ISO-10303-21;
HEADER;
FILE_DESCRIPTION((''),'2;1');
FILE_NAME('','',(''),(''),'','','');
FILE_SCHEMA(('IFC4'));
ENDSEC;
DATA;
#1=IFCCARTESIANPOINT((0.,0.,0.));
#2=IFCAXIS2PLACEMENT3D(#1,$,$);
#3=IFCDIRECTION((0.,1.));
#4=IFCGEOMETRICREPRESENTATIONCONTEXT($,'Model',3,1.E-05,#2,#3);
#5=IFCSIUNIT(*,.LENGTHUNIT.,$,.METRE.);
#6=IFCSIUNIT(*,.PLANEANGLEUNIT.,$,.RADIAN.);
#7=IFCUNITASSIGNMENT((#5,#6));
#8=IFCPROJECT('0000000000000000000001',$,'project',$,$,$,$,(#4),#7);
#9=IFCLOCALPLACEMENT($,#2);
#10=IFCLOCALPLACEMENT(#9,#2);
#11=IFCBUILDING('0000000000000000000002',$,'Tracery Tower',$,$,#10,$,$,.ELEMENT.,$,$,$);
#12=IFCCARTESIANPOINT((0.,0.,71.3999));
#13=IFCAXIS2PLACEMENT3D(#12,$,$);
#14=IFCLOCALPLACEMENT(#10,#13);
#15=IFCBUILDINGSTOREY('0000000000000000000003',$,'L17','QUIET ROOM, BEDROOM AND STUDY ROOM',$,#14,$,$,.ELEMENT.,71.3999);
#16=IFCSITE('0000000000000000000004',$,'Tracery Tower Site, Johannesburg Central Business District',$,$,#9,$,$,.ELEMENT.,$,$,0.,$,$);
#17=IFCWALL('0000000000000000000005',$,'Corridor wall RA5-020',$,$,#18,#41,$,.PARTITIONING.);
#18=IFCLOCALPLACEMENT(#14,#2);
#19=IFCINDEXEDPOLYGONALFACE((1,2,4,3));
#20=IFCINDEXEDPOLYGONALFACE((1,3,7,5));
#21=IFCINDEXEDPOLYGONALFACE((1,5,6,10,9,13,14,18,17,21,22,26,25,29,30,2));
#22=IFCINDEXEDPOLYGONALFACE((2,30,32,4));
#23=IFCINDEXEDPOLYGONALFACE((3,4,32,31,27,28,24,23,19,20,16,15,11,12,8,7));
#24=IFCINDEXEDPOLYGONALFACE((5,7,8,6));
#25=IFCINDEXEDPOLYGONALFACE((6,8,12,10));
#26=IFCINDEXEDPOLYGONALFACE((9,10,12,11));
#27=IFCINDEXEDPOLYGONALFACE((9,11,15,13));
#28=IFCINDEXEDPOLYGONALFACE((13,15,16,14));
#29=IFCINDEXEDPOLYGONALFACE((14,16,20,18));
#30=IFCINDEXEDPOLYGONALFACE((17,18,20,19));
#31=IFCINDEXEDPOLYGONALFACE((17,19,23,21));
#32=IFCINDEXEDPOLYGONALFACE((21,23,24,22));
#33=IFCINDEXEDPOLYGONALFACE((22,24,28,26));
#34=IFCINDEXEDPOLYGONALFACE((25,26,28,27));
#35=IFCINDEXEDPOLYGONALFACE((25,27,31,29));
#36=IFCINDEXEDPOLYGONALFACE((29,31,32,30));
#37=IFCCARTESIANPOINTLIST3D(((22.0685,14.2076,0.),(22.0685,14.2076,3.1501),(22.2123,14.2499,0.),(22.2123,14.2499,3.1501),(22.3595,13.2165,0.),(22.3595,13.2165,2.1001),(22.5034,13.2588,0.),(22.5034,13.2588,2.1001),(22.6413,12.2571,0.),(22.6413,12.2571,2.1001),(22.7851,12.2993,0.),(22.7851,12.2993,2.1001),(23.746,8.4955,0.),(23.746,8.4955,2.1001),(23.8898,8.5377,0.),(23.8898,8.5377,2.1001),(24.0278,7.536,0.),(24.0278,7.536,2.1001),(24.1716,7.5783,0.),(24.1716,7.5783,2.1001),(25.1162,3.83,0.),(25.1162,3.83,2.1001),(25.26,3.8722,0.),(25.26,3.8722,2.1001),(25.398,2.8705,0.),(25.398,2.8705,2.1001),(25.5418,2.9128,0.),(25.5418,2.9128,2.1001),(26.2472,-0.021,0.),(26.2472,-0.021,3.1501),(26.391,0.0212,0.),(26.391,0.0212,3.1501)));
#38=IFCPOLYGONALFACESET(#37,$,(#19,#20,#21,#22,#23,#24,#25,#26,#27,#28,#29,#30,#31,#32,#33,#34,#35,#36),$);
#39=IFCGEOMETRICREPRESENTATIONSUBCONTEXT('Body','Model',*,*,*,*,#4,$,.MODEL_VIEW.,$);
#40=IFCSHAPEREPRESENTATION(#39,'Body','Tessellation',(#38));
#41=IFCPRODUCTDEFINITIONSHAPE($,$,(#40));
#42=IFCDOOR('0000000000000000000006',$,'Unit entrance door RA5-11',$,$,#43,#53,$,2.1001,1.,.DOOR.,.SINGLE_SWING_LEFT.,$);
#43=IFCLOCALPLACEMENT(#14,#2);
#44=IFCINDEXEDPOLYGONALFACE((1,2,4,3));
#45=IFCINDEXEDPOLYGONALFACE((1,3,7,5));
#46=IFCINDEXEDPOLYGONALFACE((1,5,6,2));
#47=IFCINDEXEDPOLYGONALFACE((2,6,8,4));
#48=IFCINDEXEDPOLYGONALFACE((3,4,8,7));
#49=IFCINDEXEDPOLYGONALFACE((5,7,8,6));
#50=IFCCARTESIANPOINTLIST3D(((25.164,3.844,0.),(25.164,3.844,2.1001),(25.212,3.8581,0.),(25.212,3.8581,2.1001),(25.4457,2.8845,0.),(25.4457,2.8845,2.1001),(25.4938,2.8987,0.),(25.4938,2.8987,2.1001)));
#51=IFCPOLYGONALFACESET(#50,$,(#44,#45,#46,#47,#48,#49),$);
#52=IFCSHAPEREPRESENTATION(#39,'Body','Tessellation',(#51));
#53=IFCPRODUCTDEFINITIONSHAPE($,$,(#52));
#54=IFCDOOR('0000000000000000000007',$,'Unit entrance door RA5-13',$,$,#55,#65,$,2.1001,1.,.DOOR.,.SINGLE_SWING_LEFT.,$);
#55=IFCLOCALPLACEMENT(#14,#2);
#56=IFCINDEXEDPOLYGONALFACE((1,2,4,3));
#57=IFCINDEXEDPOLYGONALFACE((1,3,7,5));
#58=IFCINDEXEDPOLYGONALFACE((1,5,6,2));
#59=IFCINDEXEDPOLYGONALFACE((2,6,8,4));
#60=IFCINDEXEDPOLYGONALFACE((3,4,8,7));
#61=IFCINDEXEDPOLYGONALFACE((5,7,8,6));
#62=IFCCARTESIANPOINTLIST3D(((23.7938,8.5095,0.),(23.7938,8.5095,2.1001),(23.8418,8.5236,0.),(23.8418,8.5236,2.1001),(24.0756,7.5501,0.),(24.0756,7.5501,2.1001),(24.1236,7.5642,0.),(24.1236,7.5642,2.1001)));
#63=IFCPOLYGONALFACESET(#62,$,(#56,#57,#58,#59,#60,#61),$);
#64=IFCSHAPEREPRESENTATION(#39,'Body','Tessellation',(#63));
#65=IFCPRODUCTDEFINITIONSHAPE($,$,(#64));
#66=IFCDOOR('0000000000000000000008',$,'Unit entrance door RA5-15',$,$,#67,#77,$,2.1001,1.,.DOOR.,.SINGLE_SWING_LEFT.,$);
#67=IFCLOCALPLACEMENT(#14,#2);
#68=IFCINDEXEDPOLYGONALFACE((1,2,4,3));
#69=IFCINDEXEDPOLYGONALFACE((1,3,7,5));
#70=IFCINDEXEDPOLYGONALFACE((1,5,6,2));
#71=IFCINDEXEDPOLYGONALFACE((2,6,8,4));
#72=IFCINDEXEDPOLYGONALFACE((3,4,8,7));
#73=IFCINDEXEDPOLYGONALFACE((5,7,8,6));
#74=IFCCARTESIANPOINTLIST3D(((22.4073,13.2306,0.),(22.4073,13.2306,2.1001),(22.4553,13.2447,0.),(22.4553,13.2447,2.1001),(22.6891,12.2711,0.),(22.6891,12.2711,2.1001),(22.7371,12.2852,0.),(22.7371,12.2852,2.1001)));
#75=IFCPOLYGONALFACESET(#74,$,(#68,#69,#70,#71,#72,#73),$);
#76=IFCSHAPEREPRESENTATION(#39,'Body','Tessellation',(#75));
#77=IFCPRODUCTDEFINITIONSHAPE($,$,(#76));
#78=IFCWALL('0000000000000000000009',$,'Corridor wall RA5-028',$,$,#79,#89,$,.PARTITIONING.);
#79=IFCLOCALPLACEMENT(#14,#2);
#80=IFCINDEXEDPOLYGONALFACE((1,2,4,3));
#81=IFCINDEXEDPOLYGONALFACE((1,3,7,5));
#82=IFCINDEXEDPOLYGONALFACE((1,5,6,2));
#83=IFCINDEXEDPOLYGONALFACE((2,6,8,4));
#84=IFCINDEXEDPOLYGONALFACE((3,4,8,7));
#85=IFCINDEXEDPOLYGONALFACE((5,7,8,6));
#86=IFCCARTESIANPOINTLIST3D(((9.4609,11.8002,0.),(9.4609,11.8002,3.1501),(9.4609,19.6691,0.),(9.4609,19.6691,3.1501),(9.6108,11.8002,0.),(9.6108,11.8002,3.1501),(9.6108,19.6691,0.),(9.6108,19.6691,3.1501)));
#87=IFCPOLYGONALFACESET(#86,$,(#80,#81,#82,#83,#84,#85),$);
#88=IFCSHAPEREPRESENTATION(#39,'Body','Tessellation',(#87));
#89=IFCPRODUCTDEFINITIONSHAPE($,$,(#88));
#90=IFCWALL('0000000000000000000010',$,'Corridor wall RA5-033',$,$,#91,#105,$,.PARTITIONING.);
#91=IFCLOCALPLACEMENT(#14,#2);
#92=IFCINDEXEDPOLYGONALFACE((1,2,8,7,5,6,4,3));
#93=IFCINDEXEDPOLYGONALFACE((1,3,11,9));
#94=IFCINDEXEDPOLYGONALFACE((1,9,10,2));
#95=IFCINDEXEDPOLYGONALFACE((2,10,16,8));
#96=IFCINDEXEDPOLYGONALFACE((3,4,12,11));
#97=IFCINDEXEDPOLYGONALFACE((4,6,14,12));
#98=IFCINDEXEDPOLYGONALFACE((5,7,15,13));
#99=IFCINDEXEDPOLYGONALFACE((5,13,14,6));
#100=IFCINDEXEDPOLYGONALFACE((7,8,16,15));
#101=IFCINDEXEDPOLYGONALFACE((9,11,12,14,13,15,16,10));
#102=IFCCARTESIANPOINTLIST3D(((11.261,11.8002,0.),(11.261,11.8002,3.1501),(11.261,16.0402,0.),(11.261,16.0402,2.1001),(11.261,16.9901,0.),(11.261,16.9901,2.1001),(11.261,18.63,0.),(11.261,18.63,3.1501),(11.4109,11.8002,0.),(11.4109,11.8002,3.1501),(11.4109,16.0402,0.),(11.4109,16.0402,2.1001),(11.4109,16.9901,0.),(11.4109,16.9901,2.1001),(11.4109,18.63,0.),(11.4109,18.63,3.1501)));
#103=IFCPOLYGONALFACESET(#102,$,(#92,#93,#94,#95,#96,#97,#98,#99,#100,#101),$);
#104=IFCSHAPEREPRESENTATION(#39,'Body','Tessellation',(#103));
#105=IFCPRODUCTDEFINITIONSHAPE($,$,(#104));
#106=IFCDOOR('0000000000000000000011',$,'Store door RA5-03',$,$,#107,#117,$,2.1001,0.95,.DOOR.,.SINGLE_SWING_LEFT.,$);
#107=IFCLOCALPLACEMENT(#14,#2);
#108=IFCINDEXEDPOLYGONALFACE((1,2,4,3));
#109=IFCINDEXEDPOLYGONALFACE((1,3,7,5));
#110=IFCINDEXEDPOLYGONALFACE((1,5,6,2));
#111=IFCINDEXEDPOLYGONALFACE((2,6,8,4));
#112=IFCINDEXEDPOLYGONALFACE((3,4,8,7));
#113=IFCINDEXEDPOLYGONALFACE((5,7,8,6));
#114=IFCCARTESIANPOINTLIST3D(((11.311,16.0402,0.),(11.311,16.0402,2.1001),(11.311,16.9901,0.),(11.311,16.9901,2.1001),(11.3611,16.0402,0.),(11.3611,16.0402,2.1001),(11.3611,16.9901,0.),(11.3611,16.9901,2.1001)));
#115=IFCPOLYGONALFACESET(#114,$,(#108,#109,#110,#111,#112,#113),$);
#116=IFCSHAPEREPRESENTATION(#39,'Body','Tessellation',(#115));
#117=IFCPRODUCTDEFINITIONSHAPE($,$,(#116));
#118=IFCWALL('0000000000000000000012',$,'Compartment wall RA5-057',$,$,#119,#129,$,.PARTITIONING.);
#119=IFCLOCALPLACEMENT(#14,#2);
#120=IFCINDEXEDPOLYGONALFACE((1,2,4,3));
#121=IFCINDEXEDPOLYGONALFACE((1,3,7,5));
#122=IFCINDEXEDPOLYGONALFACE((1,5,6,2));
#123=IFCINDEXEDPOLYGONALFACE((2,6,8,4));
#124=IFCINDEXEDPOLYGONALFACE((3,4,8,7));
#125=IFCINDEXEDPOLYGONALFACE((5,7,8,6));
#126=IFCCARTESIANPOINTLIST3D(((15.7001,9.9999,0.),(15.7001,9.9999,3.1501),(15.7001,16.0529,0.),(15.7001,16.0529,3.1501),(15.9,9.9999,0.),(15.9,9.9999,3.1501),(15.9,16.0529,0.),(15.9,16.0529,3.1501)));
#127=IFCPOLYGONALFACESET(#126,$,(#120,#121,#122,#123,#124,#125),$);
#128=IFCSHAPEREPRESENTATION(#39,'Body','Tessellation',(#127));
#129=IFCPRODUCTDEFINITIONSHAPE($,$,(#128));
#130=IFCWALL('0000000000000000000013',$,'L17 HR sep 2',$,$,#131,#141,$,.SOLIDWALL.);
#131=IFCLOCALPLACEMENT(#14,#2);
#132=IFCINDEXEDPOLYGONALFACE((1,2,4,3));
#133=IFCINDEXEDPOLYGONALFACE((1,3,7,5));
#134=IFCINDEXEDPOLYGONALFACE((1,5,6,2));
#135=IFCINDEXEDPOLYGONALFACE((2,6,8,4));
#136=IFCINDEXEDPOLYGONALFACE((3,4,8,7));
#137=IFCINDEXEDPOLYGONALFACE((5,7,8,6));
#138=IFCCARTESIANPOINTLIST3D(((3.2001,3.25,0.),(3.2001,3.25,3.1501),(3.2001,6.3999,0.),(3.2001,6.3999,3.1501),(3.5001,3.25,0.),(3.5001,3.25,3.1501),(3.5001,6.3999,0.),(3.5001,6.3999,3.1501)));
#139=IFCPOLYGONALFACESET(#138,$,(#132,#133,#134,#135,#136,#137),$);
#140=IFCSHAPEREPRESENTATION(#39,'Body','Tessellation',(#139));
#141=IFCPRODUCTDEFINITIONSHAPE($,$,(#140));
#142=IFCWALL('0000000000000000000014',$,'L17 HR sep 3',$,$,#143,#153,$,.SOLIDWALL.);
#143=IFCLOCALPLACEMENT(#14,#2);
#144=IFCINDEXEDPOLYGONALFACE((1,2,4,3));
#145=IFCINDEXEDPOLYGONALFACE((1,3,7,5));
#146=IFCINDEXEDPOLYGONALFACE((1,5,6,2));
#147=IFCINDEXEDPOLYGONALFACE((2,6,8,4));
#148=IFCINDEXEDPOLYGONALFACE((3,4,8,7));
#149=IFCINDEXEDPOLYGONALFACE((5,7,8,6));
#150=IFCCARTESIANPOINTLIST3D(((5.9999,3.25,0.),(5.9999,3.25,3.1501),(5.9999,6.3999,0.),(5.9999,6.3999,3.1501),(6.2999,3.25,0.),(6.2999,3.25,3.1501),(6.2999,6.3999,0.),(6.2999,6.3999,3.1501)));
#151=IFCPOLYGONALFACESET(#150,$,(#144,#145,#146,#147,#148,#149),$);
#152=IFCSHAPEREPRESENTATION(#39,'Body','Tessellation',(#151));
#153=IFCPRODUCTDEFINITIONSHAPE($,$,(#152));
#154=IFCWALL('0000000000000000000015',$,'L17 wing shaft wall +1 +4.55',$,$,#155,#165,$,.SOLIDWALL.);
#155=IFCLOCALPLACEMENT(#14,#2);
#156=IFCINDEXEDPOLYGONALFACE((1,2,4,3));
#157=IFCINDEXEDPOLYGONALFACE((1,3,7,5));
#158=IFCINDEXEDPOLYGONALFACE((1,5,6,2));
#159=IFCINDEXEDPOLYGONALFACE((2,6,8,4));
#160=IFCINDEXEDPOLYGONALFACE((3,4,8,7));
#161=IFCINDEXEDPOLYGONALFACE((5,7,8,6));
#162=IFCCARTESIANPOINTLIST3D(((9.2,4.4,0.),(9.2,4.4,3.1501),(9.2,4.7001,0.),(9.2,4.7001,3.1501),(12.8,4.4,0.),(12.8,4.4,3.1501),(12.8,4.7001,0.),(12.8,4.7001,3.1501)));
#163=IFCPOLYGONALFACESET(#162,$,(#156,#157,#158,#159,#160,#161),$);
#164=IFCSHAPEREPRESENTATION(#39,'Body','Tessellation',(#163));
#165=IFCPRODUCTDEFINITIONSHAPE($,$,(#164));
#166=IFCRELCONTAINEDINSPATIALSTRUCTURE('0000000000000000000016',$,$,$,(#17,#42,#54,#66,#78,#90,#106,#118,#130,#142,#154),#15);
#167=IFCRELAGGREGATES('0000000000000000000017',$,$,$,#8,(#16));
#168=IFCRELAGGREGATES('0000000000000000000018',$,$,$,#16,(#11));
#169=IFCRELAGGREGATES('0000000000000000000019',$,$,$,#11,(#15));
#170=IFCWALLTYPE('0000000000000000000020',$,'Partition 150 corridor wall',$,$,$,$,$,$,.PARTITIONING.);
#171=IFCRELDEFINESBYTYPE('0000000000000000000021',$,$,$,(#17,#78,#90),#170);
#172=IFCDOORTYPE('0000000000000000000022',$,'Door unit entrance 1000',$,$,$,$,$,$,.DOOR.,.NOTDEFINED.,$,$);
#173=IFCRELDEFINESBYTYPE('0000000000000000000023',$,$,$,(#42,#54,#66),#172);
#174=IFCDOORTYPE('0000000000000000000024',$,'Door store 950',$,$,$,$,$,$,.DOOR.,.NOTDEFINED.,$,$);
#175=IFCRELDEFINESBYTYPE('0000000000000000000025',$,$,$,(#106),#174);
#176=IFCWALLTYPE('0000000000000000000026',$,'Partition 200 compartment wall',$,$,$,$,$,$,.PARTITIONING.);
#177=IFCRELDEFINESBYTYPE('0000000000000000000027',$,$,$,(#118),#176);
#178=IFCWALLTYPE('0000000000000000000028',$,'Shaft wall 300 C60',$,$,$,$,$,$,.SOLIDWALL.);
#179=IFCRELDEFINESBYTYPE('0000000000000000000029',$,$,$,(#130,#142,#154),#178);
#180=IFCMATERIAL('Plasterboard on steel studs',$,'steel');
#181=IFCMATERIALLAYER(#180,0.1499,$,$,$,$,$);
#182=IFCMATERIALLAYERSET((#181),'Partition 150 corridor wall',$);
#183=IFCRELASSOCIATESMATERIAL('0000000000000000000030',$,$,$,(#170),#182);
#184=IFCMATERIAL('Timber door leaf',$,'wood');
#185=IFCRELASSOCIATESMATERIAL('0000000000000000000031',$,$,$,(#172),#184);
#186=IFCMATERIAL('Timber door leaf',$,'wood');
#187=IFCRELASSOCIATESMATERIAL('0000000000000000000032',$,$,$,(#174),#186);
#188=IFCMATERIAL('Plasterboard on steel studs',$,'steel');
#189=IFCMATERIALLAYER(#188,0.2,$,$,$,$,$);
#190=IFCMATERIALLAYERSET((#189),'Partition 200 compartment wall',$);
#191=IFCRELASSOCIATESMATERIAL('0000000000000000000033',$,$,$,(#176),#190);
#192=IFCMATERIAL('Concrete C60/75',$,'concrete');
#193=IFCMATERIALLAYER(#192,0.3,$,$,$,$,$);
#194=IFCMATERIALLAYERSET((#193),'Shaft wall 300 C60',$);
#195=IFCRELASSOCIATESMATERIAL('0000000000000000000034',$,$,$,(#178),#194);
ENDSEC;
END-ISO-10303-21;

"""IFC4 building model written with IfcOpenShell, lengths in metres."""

from ifc_helpers import new_model, si_unit, direction, frame, frame_2d, origin, place, context, subcontext, project, spatial, rectangle, extrude, material, layer, layer_set, type_object, element, fill, save


model = new_model("IFC4")

# Units and contexts
model_context = context("Model", 3, precision=1e-05, world=origin(), true_north=direction((0.0, 1.0)))
body_context = subcontext(model_context, "Body", "Model", "MODEL_VIEW")
ifc_project = project(units=[si_unit("LENGTHUNIT", "METRE"), si_unit("PLANEANGLEUNIT", "RADIAN")], contexts=[model_context])

# Site, building, storey
site_placement = place(None, origin())
site = spatial("IfcSite", under=ifc_project, at=site_placement, Name="Tracery Tower Site, Johannesburg Central Business District", CompositionType="ELEMENT", RefElevation=0.0)
building_placement = place(site_placement, origin())
building = spatial("IfcBuilding", under=site, at=building_placement, Name="Tracery Tower", CompositionType="ELEMENT")
storey_placement = place(building_placement, frame((0.0, 0.0, 71.3999)))
storey = spatial("IfcBuildingStorey", under=building, at=storey_placement, Name="L17", Description="QUIET ROOM, BEDROOM AND STUDY ROOM", CompositionType="ELEMENT", Elevation=71.3999)

# Shared definitions
ifc_material_1 = material(Name="Plasterboard on steel studs", Category="steel")
ifc_layer_1 = layer(ifc_material_1, 0.1499)
ifc_layer_set_1 = layer_set([ifc_layer_1], Name="Partition 150 corridor wall")
wall_type_1 = type_object("IfcWallType", Name="Partition 150 corridor wall", PredefinedType="PARTITIONING", material=ifc_layer_set_1)

# Wall, openings, doors
wall_1_placement = place(storey_placement, frame((22.1404, 14.2288, 0.0), z_axis=(0.0, 0.0, 1.0), x_axis=(0.28178, -0.959479, 0.0)))
wall_1 = element("IfcWall", 1, at=wall_1_placement, inside=storey, type_object=wall_type_1, Name="Corridor wall RA5-020", PredefinedType="PARTITIONING", context=body_context, shape_type="SweptSolid", body=[
    extrude(rectangle(XDim=14.8296, YDim=0.1499, at=frame_2d((7.4148, 0.0))), origin(), (0.0, 0.0, 1.0), 3.1501),
])
opening_1_placement = place(wall_1_placement, frame((10.8159, 0.0, 0.0)))
opening_1 = element("IfcOpeningElement", 2, at=opening_1_placement, cuts=wall_1, PredefinedType="OPENING", context=body_context, shape_type="SweptSolid", body=[
    extrude(rectangle(XDim=1.0, YDim=2.1001, at=frame_2d((0.5, 1.05))), frame((0.0, 0.075, 0.0), z_axis=(0.0, -1.0, 0.0), x_axis=(1.0, 0.0, 0.0)), (0.0, 0.0, 1.0), 0.1499),
])
opening_2_placement = place(wall_1_placement, frame((5.9534, 0.0, 0.0)))
opening_2 = element("IfcOpeningElement", 3, at=opening_2_placement, cuts=wall_1, PredefinedType="OPENING", context=body_context, shape_type="SweptSolid", body=[
    extrude(rectangle(XDim=1.0, YDim=2.1001, at=frame_2d((0.5, 1.05))), frame((0.0, 0.075, 0.0), z_axis=(0.0, -1.0, 0.0), x_axis=(1.0, 0.0, 0.0)), (0.0, 0.0, 1.0), 0.1499),
])
opening_3_placement = place(wall_1_placement, frame((1.033, 0.0, 0.0)))
opening_3 = element("IfcOpeningElement", 4, at=opening_3_placement, cuts=wall_1, PredefinedType="OPENING", context=body_context, shape_type="SweptSolid", body=[
    extrude(rectangle(XDim=1.0, YDim=2.1001, at=frame_2d((0.5, 1.05))), frame((0.0, 0.075, 0.0), z_axis=(0.0, -1.0, 0.0), x_axis=(1.0, 0.0, 0.0)), (0.0, 0.0, 1.0), 0.1499),
])
ifc_material_2 = material(Name="Timber door leaf", Category="wood")
door_type_1 = type_object("IfcDoorType", Name="Door unit entrance 1000", OperationType="NOTDEFINED", PredefinedType="DOOR", material=ifc_material_2)
door_1_placement = place(opening_1_placement, origin())
door_1 = element("IfcDoor", 5, at=door_1_placement, inside=storey, type_object=door_type_1, Name="Unit entrance door RA5-11", OperationType="SINGLE_SWING_LEFT", OverallHeight=2.1001, OverallWidth=1.0, PredefinedType="DOOR", context=body_context, shape_type="SweptSolid", body=[
    extrude(rectangle(XDim=1.0, YDim=2.1001, at=frame_2d((0.5, 1.05))), frame((0.0, 0.0249, 0.0), z_axis=(0.0, -1.0, 0.0), x_axis=(1.0, 0.0, 0.0)), (0.0, 0.0, 1.0), 0.05),
])
fill(opening_1, door_1)
door_2_placement = place(opening_2_placement, origin())
door_2 = element("IfcDoor", 6, at=door_2_placement, inside=storey, type_object=door_type_1, Name="Unit entrance door RA5-13", OperationType="SINGLE_SWING_LEFT", OverallHeight=2.1001, OverallWidth=1.0, PredefinedType="DOOR", context=body_context, shape_type="SweptSolid", body=[
    extrude(rectangle(XDim=1.0, YDim=2.1001, at=frame_2d((0.5, 1.05))), frame((0.0, 0.0249, 0.0), z_axis=(0.0, -1.0, 0.0), x_axis=(1.0, 0.0, 0.0)), (0.0, 0.0, 1.0), 0.05),
])
fill(opening_2, door_2)
door_3_placement = place(opening_3_placement, origin())
door_3 = element("IfcDoor", 7, at=door_3_placement, inside=storey, type_object=door_type_1, Name="Unit entrance door RA5-15", OperationType="SINGLE_SWING_LEFT", OverallHeight=2.1001, OverallWidth=1.0, PredefinedType="DOOR", context=body_context, shape_type="SweptSolid", body=[
    extrude(rectangle(XDim=1.0, YDim=2.1001, at=frame_2d((0.5, 1.05))), frame((0.0, 0.0249, 0.0), z_axis=(0.0, -1.0, 0.0), x_axis=(1.0, 0.0, 0.0)), (0.0, 0.0, 1.0), 0.05),
])
fill(opening_3, door_3)

# Wall
wall_2_placement = place(storey_placement, frame((9.5359, 11.8, 0.0), z_axis=(0.0, 0.0, 1.0), x_axis=(0.0, 1.0, 0.0)))
element("IfcWall", 8, at=wall_2_placement, inside=storey, type_object=wall_type_1, Name="Corridor wall RA5-028", PredefinedType="PARTITIONING", context=body_context, shape_type="SweptSolid", body=[
    extrude(rectangle(XDim=7.8689, YDim=0.1499, at=frame_2d((3.9346, 0.0))), origin(), (0.0, 0.0, 1.0), 3.1501),
])

# Wall, opening, door
wall_3_placement = place(storey_placement, frame((11.3359, 11.8, 0.0), z_axis=(0.0, 0.0, 1.0), x_axis=(0.0, 1.0, 0.0)))
wall_3 = element("IfcWall", 9, at=wall_3_placement, inside=storey, type_object=wall_type_1, Name="Corridor wall RA5-033", PredefinedType="PARTITIONING", context=body_context, shape_type="SweptSolid", body=[
    extrude(rectangle(XDim=6.8298, YDim=0.1499, at=frame_2d((3.415, 0.0))), origin(), (0.0, 0.0, 1.0), 3.1501),
])
opening_4_placement = place(wall_3_placement, frame((4.24, 0.0, 0.0)))
opening_4 = element("IfcOpeningElement", 10, at=opening_4_placement, cuts=wall_3, PredefinedType="OPENING", context=body_context, shape_type="SweptSolid", body=[
    extrude(rectangle(XDim=0.95, YDim=2.1001, at=frame_2d((0.4751, 1.05))), frame((0.0, 0.075, 0.0), z_axis=(0.0, -1.0, 0.0), x_axis=(1.0, 0.0, 0.0)), (0.0, 0.0, 1.0), 0.1499),
])
ifc_material_3 = material(Name="Timber door leaf", Category="wood")
door_type_2 = type_object("IfcDoorType", Name="Door store 950", OperationType="NOTDEFINED", PredefinedType="DOOR", material=ifc_material_3)
door_4_placement = place(opening_4_placement, origin())
door_4 = element("IfcDoor", 11, at=door_4_placement, inside=storey, type_object=door_type_2, Name="Store door RA5-03", OperationType="SINGLE_SWING_LEFT", OverallHeight=2.1001, OverallWidth=0.95, PredefinedType="DOOR", context=body_context, shape_type="SweptSolid", body=[
    extrude(rectangle(XDim=0.95, YDim=2.1001, at=frame_2d((0.4751, 1.05))), frame((0.0, 0.0249, 0.0), z_axis=(0.0, -1.0, 0.0), x_axis=(1.0, 0.0, 0.0)), (0.0, 0.0, 1.0), 0.05),
])
fill(opening_4, door_4)

# Walls
ifc_material_4 = material(Name="Plasterboard on steel studs", Category="steel")
ifc_layer_2 = layer(ifc_material_4, 0.2)
ifc_layer_set_2 = layer_set([ifc_layer_2], Name="Partition 200 compartment wall")
wall_type_2 = type_object("IfcWallType", Name="Partition 200 compartment wall", PredefinedType="PARTITIONING", material=ifc_layer_set_2)
wall_4_placement = place(storey_placement, frame((15.8, 10.0, 0.0), z_axis=(0.0, 0.0, 1.0), x_axis=(0.0, 1.0, 0.0)))
element("IfcWall", 12, at=wall_4_placement, inside=storey, type_object=wall_type_2, Name="Compartment wall RA5-057", PredefinedType="PARTITIONING", context=body_context, shape_type="SweptSolid", body=[
    extrude(rectangle(XDim=6.053, YDim=0.2, at=frame_2d((3.0264, 0.0))), origin(), (0.0, 0.0, 1.0), 3.1501),
])
ifc_material_5 = material(Name="Concrete C60/75", Category="concrete")
ifc_layer_3 = layer(ifc_material_5, 0.3)
ifc_layer_set_3 = layer_set([ifc_layer_3], Name="Shaft wall 300 C60")
wall_type_3 = type_object("IfcWallType", Name="Shaft wall 300 C60", PredefinedType="SOLIDWALL", material=ifc_layer_set_3)
for number, where, z_axis, x_axis, name in (
    (13, (3.3501, 3.25, 0.0), (0.0, 0.0, 1.0), (0.0, 1.0, 0.0), "L17 HR sep 2"),
    (14, (6.1499, 3.25, 0.0), (0.0, 0.0, 1.0), (0.0, 1.0, 0.0), "L17 HR sep 3"),
):
    element("IfcWall", number, at=place(storey_placement, frame(where, z_axis=z_axis, x_axis=x_axis)), inside=storey, type_object=wall_type_3, Name=name, PredefinedType="SOLIDWALL", context=body_context, shape_type="SweptSolid", body=[
        extrude(rectangle(XDim=3.1499, YDim=0.3, at=frame_2d((1.575, 0.0))), origin(), (0.0, 0.0, 1.0), 3.1501),
    ])
wall_5_placement = place(storey_placement, frame((9.2, 4.55, 0.0), z_axis=(0.0, 0.0, 1.0), x_axis=(1.0, 0.0, 0.0)))
element("IfcWall", 15, at=wall_5_placement, inside=storey, type_object=wall_type_3, Name="L17 wing shaft wall +1 +4.55", PredefinedType="SOLIDWALL", context=body_context, shape_type="SweptSolid", body=[
    extrude(rectangle(XDim=3.6001, YDim=0.3, at=frame_2d((1.8, 0.0))), origin(), (0.0, 0.0, 1.0), 3.1501),
])

save(model, "model.ifc")
